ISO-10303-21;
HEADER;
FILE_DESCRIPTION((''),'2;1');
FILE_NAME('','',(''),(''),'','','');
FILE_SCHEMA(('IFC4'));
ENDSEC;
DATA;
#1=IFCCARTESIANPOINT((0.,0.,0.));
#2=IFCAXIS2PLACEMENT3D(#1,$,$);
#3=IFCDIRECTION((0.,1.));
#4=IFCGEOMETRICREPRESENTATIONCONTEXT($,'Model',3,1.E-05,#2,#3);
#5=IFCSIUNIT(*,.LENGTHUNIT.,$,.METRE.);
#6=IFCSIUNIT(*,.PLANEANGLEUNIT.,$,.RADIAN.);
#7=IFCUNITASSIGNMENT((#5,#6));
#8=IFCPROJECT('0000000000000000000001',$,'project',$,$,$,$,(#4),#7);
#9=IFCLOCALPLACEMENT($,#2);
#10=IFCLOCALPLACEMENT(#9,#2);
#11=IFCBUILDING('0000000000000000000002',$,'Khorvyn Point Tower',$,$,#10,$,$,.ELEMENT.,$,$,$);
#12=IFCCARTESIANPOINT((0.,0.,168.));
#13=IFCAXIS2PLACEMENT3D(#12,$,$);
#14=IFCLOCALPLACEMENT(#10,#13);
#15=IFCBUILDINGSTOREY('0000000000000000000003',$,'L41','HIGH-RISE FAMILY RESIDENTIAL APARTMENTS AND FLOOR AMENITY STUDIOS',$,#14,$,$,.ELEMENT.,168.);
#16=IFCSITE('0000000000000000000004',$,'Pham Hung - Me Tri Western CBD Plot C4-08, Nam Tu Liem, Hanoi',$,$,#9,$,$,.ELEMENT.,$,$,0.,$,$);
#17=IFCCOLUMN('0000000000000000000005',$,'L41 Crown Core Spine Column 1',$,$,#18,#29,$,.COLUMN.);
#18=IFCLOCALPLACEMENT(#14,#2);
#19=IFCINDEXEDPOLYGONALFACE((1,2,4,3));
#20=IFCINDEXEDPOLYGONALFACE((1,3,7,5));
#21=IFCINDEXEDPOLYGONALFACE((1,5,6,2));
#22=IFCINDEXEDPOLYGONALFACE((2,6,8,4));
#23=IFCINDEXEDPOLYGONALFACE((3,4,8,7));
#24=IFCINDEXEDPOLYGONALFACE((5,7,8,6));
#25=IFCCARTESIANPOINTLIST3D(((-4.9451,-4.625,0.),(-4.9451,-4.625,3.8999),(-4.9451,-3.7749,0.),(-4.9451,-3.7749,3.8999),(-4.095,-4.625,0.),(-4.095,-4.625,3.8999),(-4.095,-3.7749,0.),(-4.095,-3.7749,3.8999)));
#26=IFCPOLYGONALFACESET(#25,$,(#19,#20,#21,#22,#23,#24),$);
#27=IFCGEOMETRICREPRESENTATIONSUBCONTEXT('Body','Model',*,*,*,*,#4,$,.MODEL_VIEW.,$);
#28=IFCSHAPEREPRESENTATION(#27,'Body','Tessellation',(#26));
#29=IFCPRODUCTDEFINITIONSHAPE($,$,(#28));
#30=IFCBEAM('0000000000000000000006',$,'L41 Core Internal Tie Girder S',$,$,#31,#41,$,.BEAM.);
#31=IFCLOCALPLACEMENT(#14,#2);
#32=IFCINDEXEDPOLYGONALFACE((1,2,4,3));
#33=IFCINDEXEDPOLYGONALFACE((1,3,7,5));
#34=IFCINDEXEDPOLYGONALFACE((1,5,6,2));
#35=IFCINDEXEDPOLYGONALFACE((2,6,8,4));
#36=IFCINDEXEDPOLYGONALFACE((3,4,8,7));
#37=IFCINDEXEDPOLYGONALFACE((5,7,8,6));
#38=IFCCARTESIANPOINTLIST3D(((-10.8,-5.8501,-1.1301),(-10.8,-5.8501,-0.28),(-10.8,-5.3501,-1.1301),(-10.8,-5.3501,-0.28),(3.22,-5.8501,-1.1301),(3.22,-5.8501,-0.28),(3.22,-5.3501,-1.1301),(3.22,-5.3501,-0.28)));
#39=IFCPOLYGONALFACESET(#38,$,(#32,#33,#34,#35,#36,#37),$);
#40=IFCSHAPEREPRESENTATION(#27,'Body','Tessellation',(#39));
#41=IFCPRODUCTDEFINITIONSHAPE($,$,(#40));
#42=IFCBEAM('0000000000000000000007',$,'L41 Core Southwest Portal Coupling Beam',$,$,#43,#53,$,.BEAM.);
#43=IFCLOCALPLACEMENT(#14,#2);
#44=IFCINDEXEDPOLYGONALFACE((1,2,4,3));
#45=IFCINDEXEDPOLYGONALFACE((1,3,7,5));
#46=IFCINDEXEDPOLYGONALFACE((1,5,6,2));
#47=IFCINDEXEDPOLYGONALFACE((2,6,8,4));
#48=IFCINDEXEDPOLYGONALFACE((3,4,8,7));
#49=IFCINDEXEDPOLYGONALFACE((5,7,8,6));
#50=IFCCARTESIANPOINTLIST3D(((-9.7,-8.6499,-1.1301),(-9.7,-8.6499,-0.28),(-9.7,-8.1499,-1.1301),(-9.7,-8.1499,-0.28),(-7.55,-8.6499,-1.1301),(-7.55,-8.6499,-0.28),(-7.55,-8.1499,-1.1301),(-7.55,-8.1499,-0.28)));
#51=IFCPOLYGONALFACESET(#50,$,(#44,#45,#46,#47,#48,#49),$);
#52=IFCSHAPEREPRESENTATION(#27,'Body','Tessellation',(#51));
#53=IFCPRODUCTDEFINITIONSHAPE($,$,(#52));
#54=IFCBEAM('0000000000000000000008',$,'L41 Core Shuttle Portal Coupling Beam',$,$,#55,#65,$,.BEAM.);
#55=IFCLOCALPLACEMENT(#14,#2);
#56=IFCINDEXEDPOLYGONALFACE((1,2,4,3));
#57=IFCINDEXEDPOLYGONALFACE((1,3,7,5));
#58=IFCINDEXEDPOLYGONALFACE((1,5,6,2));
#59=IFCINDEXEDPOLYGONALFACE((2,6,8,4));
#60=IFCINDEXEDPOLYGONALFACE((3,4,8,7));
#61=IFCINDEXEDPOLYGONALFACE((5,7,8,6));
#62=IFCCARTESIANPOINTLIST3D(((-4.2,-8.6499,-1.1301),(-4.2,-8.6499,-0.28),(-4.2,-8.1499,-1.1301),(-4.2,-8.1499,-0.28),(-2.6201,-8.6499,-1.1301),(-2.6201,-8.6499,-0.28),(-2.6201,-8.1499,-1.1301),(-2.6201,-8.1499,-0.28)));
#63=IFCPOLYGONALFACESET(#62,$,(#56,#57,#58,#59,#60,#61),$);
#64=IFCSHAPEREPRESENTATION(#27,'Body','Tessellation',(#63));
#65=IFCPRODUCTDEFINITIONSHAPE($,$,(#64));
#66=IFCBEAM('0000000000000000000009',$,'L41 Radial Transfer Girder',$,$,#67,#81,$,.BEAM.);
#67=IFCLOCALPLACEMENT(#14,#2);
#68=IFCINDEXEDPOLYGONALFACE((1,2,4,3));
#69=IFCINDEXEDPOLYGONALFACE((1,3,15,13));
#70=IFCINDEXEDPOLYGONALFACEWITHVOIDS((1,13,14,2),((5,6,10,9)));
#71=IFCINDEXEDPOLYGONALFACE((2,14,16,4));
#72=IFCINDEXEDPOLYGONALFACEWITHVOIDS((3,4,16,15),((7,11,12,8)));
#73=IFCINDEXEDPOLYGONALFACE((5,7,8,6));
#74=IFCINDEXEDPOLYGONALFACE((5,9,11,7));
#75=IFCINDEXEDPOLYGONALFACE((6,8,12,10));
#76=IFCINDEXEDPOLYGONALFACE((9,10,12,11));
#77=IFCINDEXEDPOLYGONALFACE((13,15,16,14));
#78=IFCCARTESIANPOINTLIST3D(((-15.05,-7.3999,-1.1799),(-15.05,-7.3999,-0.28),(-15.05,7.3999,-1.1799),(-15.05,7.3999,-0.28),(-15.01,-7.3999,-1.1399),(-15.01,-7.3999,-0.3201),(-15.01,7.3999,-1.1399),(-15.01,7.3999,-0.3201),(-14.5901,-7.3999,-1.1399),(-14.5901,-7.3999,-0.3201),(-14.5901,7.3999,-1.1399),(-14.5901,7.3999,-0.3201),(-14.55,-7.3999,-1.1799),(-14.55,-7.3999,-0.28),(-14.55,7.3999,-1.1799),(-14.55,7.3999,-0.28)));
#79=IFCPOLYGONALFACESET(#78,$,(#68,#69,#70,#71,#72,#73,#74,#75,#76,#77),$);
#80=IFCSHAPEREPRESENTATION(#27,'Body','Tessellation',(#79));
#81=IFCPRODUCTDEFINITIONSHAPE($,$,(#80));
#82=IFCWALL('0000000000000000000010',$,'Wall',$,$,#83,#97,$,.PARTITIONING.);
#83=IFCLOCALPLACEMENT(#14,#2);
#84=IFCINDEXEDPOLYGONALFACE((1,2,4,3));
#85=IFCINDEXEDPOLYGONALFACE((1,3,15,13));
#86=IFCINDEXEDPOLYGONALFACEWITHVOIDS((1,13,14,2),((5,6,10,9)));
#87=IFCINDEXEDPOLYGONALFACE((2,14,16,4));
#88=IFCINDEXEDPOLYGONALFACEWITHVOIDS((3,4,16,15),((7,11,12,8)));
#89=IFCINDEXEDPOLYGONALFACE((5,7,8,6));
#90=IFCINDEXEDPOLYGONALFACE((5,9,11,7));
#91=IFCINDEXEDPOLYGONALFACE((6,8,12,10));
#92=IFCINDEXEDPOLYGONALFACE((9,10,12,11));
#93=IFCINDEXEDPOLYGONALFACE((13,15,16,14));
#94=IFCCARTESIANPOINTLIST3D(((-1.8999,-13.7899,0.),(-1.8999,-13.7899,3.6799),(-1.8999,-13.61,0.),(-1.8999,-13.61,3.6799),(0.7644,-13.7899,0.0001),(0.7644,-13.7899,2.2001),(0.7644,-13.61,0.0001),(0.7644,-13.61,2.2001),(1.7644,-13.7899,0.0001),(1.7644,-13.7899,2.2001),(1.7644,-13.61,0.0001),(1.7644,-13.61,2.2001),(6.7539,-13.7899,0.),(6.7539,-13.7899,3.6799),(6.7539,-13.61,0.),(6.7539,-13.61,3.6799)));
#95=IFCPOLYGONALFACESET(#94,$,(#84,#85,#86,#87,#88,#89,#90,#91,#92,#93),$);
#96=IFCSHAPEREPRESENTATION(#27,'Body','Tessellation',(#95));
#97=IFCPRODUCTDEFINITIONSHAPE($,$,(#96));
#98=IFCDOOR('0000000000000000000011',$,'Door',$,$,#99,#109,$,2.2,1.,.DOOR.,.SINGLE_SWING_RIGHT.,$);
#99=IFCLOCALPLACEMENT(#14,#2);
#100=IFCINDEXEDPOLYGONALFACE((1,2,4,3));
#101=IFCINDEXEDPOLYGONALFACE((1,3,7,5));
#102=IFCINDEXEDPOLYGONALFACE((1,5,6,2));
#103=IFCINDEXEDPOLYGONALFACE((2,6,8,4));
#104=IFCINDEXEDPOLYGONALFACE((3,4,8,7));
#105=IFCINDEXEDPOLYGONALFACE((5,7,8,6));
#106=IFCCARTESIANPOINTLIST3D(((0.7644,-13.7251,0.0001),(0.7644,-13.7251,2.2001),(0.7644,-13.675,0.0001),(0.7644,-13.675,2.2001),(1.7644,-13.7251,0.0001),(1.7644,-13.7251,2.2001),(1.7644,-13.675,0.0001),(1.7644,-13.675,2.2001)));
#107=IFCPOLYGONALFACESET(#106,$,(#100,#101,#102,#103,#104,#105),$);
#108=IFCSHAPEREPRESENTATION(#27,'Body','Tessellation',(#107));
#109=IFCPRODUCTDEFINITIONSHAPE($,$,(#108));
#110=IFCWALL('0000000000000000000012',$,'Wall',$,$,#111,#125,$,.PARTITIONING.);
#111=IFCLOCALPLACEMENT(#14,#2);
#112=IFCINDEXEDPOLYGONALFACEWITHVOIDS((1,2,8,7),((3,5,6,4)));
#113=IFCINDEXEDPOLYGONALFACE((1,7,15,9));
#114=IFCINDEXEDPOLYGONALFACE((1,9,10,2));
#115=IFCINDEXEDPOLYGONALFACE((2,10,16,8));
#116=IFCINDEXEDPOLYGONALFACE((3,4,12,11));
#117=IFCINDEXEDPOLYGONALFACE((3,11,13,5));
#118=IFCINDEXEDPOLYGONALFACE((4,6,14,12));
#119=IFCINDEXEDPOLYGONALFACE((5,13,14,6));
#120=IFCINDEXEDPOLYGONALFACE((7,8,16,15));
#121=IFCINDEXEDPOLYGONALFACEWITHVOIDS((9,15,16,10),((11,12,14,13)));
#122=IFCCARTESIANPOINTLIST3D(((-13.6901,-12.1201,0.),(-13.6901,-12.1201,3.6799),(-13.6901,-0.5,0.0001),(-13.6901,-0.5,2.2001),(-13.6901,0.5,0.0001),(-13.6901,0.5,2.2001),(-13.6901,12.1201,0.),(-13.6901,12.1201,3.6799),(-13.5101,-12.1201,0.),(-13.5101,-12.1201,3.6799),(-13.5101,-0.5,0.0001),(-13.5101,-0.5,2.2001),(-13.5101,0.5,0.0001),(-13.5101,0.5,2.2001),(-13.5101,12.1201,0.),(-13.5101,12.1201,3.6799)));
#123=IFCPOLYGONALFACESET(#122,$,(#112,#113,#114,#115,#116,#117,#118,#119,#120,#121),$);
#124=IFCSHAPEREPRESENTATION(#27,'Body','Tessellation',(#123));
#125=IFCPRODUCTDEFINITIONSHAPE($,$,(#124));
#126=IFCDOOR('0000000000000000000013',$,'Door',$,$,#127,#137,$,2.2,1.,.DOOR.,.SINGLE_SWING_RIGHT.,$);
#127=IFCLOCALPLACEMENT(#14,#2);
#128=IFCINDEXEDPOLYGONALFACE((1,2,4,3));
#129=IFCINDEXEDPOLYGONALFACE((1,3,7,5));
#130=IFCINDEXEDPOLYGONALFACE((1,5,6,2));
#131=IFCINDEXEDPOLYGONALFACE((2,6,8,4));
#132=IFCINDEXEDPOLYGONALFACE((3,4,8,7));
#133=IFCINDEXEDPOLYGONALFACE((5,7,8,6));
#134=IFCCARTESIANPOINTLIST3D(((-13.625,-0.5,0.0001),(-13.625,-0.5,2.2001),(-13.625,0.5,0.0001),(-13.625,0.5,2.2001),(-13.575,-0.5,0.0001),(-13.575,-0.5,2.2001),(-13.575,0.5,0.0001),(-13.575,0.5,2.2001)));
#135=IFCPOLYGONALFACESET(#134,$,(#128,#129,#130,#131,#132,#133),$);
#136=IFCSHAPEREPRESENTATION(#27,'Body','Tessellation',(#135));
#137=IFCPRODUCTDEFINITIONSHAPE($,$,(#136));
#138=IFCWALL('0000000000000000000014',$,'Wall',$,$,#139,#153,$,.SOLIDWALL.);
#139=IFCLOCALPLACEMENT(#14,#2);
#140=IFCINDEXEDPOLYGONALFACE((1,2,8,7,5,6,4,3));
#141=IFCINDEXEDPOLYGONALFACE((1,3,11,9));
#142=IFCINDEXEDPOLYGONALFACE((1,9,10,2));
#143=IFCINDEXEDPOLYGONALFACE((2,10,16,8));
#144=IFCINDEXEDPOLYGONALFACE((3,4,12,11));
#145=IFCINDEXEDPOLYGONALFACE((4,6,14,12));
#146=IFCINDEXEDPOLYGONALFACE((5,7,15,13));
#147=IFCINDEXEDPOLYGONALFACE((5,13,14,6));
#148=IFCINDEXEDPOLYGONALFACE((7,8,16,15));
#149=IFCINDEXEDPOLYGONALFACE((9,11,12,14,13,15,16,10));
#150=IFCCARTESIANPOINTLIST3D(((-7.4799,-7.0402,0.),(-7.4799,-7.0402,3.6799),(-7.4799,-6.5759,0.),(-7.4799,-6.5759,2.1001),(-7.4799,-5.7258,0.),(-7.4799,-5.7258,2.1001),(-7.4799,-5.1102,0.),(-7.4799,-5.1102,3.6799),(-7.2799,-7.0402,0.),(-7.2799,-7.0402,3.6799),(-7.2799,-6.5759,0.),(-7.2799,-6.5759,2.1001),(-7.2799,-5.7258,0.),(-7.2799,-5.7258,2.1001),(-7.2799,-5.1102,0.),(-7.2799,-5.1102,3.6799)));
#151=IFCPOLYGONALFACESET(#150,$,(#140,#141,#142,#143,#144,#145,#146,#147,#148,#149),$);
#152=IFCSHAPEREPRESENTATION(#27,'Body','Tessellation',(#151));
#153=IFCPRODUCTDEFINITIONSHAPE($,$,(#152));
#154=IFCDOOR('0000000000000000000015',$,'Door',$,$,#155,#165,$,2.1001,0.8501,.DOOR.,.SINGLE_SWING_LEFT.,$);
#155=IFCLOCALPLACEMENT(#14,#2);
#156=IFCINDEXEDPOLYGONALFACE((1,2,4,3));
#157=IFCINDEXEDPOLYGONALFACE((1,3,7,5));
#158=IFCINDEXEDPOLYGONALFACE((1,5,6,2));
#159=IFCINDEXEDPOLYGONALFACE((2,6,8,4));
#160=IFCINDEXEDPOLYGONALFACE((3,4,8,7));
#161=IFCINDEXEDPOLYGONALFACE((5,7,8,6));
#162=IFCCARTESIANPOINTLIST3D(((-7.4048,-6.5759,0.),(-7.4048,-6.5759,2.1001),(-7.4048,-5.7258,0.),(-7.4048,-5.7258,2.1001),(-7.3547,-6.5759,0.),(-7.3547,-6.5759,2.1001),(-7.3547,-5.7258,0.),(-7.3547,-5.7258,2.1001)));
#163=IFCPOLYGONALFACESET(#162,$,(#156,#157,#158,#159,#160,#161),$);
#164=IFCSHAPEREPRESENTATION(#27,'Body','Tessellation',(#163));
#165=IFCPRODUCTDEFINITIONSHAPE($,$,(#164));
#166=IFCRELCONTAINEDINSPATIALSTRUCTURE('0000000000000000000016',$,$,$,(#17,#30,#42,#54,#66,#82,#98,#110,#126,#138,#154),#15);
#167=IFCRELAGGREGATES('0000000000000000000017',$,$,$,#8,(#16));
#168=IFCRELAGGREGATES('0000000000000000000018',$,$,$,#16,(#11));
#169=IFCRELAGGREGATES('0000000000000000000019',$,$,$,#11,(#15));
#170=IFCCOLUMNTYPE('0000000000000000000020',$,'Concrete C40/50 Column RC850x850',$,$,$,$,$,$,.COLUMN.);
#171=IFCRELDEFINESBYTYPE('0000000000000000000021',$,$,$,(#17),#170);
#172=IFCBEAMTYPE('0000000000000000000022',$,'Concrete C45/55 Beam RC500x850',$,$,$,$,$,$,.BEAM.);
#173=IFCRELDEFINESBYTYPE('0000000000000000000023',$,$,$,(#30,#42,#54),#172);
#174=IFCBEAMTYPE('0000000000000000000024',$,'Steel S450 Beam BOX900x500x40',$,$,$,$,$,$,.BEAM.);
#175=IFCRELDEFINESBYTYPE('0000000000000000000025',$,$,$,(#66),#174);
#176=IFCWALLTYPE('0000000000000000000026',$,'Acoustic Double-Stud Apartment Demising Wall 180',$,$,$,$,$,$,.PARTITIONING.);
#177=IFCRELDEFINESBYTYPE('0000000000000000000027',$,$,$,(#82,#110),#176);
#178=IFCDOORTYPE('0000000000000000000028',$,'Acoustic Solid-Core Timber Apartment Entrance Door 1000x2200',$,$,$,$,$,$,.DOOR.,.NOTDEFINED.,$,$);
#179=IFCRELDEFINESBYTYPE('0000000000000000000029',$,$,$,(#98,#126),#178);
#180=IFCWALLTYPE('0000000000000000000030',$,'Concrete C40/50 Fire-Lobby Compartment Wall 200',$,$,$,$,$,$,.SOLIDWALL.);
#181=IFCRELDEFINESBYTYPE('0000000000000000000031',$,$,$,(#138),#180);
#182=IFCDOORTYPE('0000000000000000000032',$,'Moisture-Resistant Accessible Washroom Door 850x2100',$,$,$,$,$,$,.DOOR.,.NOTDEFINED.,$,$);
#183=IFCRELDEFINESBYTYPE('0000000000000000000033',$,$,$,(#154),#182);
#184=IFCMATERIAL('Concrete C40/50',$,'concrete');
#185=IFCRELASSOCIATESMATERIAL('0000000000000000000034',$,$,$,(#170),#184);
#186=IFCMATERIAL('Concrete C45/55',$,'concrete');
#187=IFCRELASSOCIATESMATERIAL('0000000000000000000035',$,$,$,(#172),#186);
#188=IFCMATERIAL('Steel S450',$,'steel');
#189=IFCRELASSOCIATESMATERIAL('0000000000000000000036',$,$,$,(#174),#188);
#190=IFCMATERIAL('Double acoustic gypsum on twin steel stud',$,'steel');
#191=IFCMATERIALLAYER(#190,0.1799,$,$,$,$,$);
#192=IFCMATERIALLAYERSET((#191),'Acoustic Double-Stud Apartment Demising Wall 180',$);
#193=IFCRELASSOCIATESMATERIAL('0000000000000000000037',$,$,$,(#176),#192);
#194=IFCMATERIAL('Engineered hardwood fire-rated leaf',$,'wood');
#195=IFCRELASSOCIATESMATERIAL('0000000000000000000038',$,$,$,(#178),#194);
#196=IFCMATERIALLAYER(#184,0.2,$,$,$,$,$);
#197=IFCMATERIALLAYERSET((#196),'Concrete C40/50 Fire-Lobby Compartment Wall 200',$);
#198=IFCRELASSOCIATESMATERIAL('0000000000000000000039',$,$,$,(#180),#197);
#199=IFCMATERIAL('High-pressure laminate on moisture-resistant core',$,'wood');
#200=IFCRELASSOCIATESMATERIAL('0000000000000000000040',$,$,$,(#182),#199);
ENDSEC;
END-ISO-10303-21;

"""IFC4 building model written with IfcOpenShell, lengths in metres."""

from ifc_helpers import new_model, si_unit, direction, frame, frame_2d, origin, origin_2d, place, context, subcontext, project, spatial, rectangle, hollow_rectangle, extrude, material, layer, layer_set, material_profile, profile_set, type_object, element, fill, save


model = new_model("IFC4")

# Units and contexts
model_context = context("Model", 3, precision=1e-05, world=origin(), true_north=direction((0.0, 1.0)))
body_context = subcontext(model_context, "Body", "Model", "MODEL_VIEW")
ifc_project = project(units=[si_unit("LENGTHUNIT", "METRE"), si_unit("PLANEANGLEUNIT", "RADIAN")], contexts=[model_context])

# Site, building, storey
site_placement = place(None, origin())
site = spatial("IfcSite", under=ifc_project, at=site_placement, Name="Pham Hung - Me Tri Western CBD Plot C4-08, Nam Tu Liem, Hanoi", CompositionType="ELEMENT", RefElevation=0.0)
building_placement = place(site_placement, origin())
building = spatial("IfcBuilding", under=site, at=building_placement, Name="Khorvyn Point Tower", CompositionType="ELEMENT")
storey_placement = place(building_placement, frame((0.0, 0.0, 168.0)))
storey = spatial("IfcBuildingStorey", under=building, at=storey_placement, Name="L41", Description="HIGH-RISE FAMILY RESIDENTIAL APARTMENTS AND FLOOR AMENITY STUDIOS", CompositionType="ELEMENT", Elevation=168.0)

# Column
ifc_material_1 = material(Name="Concrete C40/50", Category="concrete")
ifc_material_profile_1 = material_profile(ifc_material_1, rectangle(XDim=0.8501, YDim=0.8501, at=origin_2d()))
ifc_profile_set_1 = profile_set([ifc_material_profile_1], Name="Concrete C40/50 RC850x850")
column_type = type_object("IfcColumnType", Name="Concrete C40/50 Column RC850x850", PredefinedType="COLUMN", material=ifc_profile_set_1)
column_placement = place(storey_placement, frame((-4.52, -4.2, 0.0), z_axis=(0.0, 0.0, 1.0), x_axis=(1.0, 0.0, 0.0)))
element("IfcColumn", 1, at=column_placement, inside=storey, type_object=column_type, Name="L41 Crown Core Spine Column 1", PredefinedType="COLUMN", context=body_context, shape_type="SweptSolid", body=[
    extrude(rectangle(XDim=0.8501, YDim=0.8501, at=origin_2d()), origin(), (0.0, 0.0, 1.0), 3.8999),
])

# Beams
ifc_material_2 = material(Name="Concrete C45/55", Category="concrete")
ifc_material_profile_2 = material_profile(ifc_material_2, rectangle(XDim=0.5, YDim=0.8501, at=origin_2d()))
ifc_profile_set_2 = profile_set([ifc_material_profile_2], Name="Concrete C45/55 RC500x850")
beam_type_1 = type_object("IfcBeamType", Name="Concrete C45/55 Beam RC500x850", PredefinedType="BEAM", material=ifc_profile_set_2)
beam_1_placement = place(storey_placement, frame((-10.8, -5.6001, -0.7051), z_axis=(1.0, 0.0, 0.0), x_axis=(0.0, 1.0, 0.0)))
element("IfcBeam", 2, at=beam_1_placement, inside=storey, type_object=beam_type_1, Name="L41 Core Internal Tie Girder S", PredefinedType="BEAM", context=body_context, shape_type="SweptSolid", body=[
    extrude(rectangle(XDim=0.5, YDim=0.8501, at=origin_2d()), origin(), (0.0, 0.0, 1.0), 14.02),
])
beam_2_placement = place(storey_placement, frame((-9.7, -8.3999, -0.7051), z_axis=(1.0, 0.0, 0.0), x_axis=(0.0, 1.0, 0.0)))
element("IfcBeam", 3, at=beam_2_placement, inside=storey, type_object=beam_type_1, Name="L41 Core Southwest Portal Coupling Beam", PredefinedType="BEAM", context=body_context, shape_type="SweptSolid", body=[
    extrude(rectangle(XDim=0.5, YDim=0.8501, at=origin_2d()), origin(), (0.0, 0.0, 1.0), 2.1499),
])
beam_3_placement = place(storey_placement, frame((-4.2, -8.3999, -0.7051), z_axis=(1.0, 0.0, 0.0), x_axis=(0.0, 1.0, 0.0)))
element("IfcBeam", 4, at=beam_3_placement, inside=storey, type_object=beam_type_1, Name="L41 Core Shuttle Portal Coupling Beam", PredefinedType="BEAM", context=body_context, shape_type="SweptSolid", body=[
    extrude(rectangle(XDim=0.5, YDim=0.8501, at=origin_2d()), origin(), (0.0, 0.0, 1.0), 1.5798),
])
ifc_material_3 = material(Name="Steel S450", Category="steel")
ifc_material_profile_3 = material_profile(ifc_material_3, hollow_rectangle(XDim=0.5, YDim=0.8999, WallThickness=0.04, at=origin_2d()))
ifc_profile_set_3 = profile_set([ifc_material_profile_3], Name="Steel S450 BOX900x500x40")
beam_type_2 = type_object("IfcBeamType", Name="Steel S450 Beam BOX900x500x40", PredefinedType="BEAM", material=ifc_profile_set_3)
beam_4_placement = place(storey_placement, frame((-14.8, -7.3999, -0.73), z_axis=(0.0, 1.0, 0.0), x_axis=(-1.0, 0.0, 0.0)))
element("IfcBeam", 5, at=beam_4_placement, inside=storey, type_object=beam_type_2, Name="L41 Radial Transfer Girder", PredefinedType="BEAM", context=body_context, shape_type="SweptSolid", body=[
    extrude(hollow_rectangle(XDim=0.5, YDim=0.8999, WallThickness=0.04, at=origin_2d()), origin(), (0.0, 0.0, 1.0), 14.7998),
])

# Walls, openings, doors
ifc_material_4 = material(Name="Double acoustic gypsum on twin steel stud", Category="steel")
ifc_layer_1 = layer(ifc_material_4, 0.1799)
ifc_layer_set_1 = layer_set([ifc_layer_1], Name="Acoustic Double-Stud Apartment Demising Wall 180")
wall_type_1 = type_object("IfcWallType", Name="Acoustic Double-Stud Apartment Demising Wall 180", PredefinedType="PARTITIONING", material=ifc_layer_set_1)
wall_1_placement = place(storey_placement, frame((-1.8999, -13.7, 0.0), z_axis=(0.0, 0.0, 1.0), x_axis=(1.0, 0.0, 0.0)))
wall_1 = element("IfcWall", 6, at=wall_1_placement, inside=storey, type_object=wall_type_1, Name="Wall", PredefinedType="PARTITIONING", context=body_context, shape_type="SweptSolid", body=[
    extrude(rectangle(XDim=8.6538, YDim=0.1799, at=frame_2d((4.3269, 0.0))), origin(), (0.0, 0.0, 1.0), 3.6799),
])
opening_1_placement = place(wall_1_placement, frame((2.6643, 0.0, 0.0)))
opening_1 = element("IfcOpeningElement", 7, at=opening_1_placement, cuts=wall_1, PredefinedType="OPENING", context=body_context, shape_type="SweptSolid", body=[
    extrude(rectangle(XDim=1.0, YDim=2.2, at=frame_2d((0.5, 1.1001))), frame((0.0, 0.0999, 0.0), z_axis=(0.0, -1.0, 0.0), x_axis=(1.0, 0.0, 0.0)), (0.0, 0.0, 1.0), 0.2),
])
ifc_material_5 = material(Name="Engineered hardwood fire-rated leaf", Category="wood")
door_type_1 = type_object("IfcDoorType", Name="Acoustic Solid-Core Timber Apartment Entrance Door 1000x2200", OperationType="NOTDEFINED", PredefinedType="DOOR", material=ifc_material_5)
door_1_placement = place(opening_1_placement, origin())
door_1 = element("IfcDoor", 8, at=door_1_placement, inside=storey, type_object=door_type_1, Name="Door", OperationType="SINGLE_SWING_RIGHT", OverallHeight=2.2, OverallWidth=1.0, PredefinedType="DOOR", context=body_context, shape_type="SweptSolid", body=[
    extrude(rectangle(XDim=1.0, YDim=2.2, at=frame_2d((0.5, 1.1001))), frame((0.0, 0.0249, 0.0), z_axis=(0.0, -1.0, 0.0), x_axis=(1.0, 0.0, 0.0)), (0.0, 0.0, 1.0), 0.05),
])
fill(opening_1, door_1)
wall_2_placement = place(storey_placement, frame((-13.6001, -12.1201, 0.0), z_axis=(0.0, 0.0, 1.0), x_axis=(0.0, 1.0, 0.0)))
wall_2 = element("IfcWall", 9, at=wall_2_placement, inside=storey, type_object=wall_type_1, Name="Wall", PredefinedType="PARTITIONING", context=body_context, shape_type="SweptSolid", body=[
    extrude(rectangle(XDim=24.2402, YDim=0.1799, at=frame_2d((12.1201, 0.0))), origin(), (0.0, 0.0, 1.0), 3.6799),
])
opening_2_placement = place(wall_2_placement, frame((11.6201, 0.0, 0.0)))
opening_2 = element("IfcOpeningElement", 10, at=opening_2_placement, cuts=wall_2, PredefinedType="OPENING", context=body_context, shape_type="SweptSolid", body=[
    extrude(rectangle(XDim=1.0, YDim=2.2, at=frame_2d((0.5, 1.1001))), frame((0.0, 0.0999, 0.0), z_axis=(0.0, -1.0, 0.0), x_axis=(1.0, 0.0, 0.0)), (0.0, 0.0, 1.0), 0.2),
])
door_2_placement = place(opening_2_placement, origin())
door_2 = element("IfcDoor", 11, at=door_2_placement, inside=storey, type_object=door_type_1, Name="Door", OperationType="SINGLE_SWING_RIGHT", OverallHeight=2.2, OverallWidth=1.0, PredefinedType="DOOR", context=body_context, shape_type="SweptSolid", body=[
    extrude(rectangle(XDim=1.0, YDim=2.2, at=frame_2d((0.5, 1.1001))), frame((0.0, 0.0249, 0.0), z_axis=(0.0, -1.0, 0.0), x_axis=(1.0, 0.0, 0.0)), (0.0, 0.0, 1.0), 0.05),
])
fill(opening_2, door_2)
ifc_layer_2 = layer(ifc_material_1, 0.2)
ifc_layer_set_2 = layer_set([ifc_layer_2], Name="Concrete C40/50 Fire-Lobby Compartment Wall 200")
wall_type_2 = type_object("IfcWallType", Name="Concrete C40/50 Fire-Lobby Compartment Wall 200", PredefinedType="SOLIDWALL", material=ifc_layer_set_2)
wall_3_placement = place(storey_placement, frame((-7.3799, -7.04, 0.0), z_axis=(0.0, 0.0, 1.0), x_axis=(0.0, 1.0, 0.0)))
wall_3 = element("IfcWall", 12, at=wall_3_placement, inside=storey, type_object=wall_type_2, Name="Wall", PredefinedType="SOLIDWALL", context=body_context, shape_type="SweptSolid", body=[
    extrude(rectangle(XDim=1.9299, YDim=0.2, at=frame_2d((0.9648, 0.0))), origin(), (0.0, 0.0, 1.0), 3.6799),
])
opening_3_placement = place(wall_3_placement, frame((0.4641, 0.0, 0.0)))
opening_3 = element("IfcOpeningElement", 13, at=opening_3_placement, cuts=wall_3, PredefinedType="OPENING", context=body_context, shape_type="SweptSolid", body=[
    extrude(rectangle(XDim=0.8501, YDim=2.1001, at=frame_2d((0.425, 1.05))), frame((0.0, 0.1099, 0.0), z_axis=(0.0, -1.0, 0.0), x_axis=(1.0, 0.0, 0.0)), (0.0, 0.0, 1.0), 0.22),
])
ifc_material_6 = material(Name="High-pressure laminate on moisture-resistant core", Category="wood")
door_type_2 = type_object("IfcDoorType", Name="Moisture-Resistant Accessible Washroom Door 850x2100", OperationType="NOTDEFINED", PredefinedType="DOOR", material=ifc_material_6)
door_3_placement = place(opening_3_placement, origin())
door_3 = element("IfcDoor", 14, at=door_3_placement, inside=storey, type_object=door_type_2, Name="Door", OperationType="SINGLE_SWING_LEFT", OverallHeight=2.1001, OverallWidth=0.8501, PredefinedType="DOOR", context=body_context, shape_type="SweptSolid", body=[
    extrude(rectangle(XDim=0.8501, YDim=2.1001, at=frame_2d((0.425, 1.05))), frame((0.0, 0.0249, 0.0), z_axis=(0.0, -1.0, 0.0), x_axis=(1.0, 0.0, 0.0)), (0.0, 0.0, 1.0), 0.05),
])
fill(opening_3, door_3)

save(model, "model.ifc")
